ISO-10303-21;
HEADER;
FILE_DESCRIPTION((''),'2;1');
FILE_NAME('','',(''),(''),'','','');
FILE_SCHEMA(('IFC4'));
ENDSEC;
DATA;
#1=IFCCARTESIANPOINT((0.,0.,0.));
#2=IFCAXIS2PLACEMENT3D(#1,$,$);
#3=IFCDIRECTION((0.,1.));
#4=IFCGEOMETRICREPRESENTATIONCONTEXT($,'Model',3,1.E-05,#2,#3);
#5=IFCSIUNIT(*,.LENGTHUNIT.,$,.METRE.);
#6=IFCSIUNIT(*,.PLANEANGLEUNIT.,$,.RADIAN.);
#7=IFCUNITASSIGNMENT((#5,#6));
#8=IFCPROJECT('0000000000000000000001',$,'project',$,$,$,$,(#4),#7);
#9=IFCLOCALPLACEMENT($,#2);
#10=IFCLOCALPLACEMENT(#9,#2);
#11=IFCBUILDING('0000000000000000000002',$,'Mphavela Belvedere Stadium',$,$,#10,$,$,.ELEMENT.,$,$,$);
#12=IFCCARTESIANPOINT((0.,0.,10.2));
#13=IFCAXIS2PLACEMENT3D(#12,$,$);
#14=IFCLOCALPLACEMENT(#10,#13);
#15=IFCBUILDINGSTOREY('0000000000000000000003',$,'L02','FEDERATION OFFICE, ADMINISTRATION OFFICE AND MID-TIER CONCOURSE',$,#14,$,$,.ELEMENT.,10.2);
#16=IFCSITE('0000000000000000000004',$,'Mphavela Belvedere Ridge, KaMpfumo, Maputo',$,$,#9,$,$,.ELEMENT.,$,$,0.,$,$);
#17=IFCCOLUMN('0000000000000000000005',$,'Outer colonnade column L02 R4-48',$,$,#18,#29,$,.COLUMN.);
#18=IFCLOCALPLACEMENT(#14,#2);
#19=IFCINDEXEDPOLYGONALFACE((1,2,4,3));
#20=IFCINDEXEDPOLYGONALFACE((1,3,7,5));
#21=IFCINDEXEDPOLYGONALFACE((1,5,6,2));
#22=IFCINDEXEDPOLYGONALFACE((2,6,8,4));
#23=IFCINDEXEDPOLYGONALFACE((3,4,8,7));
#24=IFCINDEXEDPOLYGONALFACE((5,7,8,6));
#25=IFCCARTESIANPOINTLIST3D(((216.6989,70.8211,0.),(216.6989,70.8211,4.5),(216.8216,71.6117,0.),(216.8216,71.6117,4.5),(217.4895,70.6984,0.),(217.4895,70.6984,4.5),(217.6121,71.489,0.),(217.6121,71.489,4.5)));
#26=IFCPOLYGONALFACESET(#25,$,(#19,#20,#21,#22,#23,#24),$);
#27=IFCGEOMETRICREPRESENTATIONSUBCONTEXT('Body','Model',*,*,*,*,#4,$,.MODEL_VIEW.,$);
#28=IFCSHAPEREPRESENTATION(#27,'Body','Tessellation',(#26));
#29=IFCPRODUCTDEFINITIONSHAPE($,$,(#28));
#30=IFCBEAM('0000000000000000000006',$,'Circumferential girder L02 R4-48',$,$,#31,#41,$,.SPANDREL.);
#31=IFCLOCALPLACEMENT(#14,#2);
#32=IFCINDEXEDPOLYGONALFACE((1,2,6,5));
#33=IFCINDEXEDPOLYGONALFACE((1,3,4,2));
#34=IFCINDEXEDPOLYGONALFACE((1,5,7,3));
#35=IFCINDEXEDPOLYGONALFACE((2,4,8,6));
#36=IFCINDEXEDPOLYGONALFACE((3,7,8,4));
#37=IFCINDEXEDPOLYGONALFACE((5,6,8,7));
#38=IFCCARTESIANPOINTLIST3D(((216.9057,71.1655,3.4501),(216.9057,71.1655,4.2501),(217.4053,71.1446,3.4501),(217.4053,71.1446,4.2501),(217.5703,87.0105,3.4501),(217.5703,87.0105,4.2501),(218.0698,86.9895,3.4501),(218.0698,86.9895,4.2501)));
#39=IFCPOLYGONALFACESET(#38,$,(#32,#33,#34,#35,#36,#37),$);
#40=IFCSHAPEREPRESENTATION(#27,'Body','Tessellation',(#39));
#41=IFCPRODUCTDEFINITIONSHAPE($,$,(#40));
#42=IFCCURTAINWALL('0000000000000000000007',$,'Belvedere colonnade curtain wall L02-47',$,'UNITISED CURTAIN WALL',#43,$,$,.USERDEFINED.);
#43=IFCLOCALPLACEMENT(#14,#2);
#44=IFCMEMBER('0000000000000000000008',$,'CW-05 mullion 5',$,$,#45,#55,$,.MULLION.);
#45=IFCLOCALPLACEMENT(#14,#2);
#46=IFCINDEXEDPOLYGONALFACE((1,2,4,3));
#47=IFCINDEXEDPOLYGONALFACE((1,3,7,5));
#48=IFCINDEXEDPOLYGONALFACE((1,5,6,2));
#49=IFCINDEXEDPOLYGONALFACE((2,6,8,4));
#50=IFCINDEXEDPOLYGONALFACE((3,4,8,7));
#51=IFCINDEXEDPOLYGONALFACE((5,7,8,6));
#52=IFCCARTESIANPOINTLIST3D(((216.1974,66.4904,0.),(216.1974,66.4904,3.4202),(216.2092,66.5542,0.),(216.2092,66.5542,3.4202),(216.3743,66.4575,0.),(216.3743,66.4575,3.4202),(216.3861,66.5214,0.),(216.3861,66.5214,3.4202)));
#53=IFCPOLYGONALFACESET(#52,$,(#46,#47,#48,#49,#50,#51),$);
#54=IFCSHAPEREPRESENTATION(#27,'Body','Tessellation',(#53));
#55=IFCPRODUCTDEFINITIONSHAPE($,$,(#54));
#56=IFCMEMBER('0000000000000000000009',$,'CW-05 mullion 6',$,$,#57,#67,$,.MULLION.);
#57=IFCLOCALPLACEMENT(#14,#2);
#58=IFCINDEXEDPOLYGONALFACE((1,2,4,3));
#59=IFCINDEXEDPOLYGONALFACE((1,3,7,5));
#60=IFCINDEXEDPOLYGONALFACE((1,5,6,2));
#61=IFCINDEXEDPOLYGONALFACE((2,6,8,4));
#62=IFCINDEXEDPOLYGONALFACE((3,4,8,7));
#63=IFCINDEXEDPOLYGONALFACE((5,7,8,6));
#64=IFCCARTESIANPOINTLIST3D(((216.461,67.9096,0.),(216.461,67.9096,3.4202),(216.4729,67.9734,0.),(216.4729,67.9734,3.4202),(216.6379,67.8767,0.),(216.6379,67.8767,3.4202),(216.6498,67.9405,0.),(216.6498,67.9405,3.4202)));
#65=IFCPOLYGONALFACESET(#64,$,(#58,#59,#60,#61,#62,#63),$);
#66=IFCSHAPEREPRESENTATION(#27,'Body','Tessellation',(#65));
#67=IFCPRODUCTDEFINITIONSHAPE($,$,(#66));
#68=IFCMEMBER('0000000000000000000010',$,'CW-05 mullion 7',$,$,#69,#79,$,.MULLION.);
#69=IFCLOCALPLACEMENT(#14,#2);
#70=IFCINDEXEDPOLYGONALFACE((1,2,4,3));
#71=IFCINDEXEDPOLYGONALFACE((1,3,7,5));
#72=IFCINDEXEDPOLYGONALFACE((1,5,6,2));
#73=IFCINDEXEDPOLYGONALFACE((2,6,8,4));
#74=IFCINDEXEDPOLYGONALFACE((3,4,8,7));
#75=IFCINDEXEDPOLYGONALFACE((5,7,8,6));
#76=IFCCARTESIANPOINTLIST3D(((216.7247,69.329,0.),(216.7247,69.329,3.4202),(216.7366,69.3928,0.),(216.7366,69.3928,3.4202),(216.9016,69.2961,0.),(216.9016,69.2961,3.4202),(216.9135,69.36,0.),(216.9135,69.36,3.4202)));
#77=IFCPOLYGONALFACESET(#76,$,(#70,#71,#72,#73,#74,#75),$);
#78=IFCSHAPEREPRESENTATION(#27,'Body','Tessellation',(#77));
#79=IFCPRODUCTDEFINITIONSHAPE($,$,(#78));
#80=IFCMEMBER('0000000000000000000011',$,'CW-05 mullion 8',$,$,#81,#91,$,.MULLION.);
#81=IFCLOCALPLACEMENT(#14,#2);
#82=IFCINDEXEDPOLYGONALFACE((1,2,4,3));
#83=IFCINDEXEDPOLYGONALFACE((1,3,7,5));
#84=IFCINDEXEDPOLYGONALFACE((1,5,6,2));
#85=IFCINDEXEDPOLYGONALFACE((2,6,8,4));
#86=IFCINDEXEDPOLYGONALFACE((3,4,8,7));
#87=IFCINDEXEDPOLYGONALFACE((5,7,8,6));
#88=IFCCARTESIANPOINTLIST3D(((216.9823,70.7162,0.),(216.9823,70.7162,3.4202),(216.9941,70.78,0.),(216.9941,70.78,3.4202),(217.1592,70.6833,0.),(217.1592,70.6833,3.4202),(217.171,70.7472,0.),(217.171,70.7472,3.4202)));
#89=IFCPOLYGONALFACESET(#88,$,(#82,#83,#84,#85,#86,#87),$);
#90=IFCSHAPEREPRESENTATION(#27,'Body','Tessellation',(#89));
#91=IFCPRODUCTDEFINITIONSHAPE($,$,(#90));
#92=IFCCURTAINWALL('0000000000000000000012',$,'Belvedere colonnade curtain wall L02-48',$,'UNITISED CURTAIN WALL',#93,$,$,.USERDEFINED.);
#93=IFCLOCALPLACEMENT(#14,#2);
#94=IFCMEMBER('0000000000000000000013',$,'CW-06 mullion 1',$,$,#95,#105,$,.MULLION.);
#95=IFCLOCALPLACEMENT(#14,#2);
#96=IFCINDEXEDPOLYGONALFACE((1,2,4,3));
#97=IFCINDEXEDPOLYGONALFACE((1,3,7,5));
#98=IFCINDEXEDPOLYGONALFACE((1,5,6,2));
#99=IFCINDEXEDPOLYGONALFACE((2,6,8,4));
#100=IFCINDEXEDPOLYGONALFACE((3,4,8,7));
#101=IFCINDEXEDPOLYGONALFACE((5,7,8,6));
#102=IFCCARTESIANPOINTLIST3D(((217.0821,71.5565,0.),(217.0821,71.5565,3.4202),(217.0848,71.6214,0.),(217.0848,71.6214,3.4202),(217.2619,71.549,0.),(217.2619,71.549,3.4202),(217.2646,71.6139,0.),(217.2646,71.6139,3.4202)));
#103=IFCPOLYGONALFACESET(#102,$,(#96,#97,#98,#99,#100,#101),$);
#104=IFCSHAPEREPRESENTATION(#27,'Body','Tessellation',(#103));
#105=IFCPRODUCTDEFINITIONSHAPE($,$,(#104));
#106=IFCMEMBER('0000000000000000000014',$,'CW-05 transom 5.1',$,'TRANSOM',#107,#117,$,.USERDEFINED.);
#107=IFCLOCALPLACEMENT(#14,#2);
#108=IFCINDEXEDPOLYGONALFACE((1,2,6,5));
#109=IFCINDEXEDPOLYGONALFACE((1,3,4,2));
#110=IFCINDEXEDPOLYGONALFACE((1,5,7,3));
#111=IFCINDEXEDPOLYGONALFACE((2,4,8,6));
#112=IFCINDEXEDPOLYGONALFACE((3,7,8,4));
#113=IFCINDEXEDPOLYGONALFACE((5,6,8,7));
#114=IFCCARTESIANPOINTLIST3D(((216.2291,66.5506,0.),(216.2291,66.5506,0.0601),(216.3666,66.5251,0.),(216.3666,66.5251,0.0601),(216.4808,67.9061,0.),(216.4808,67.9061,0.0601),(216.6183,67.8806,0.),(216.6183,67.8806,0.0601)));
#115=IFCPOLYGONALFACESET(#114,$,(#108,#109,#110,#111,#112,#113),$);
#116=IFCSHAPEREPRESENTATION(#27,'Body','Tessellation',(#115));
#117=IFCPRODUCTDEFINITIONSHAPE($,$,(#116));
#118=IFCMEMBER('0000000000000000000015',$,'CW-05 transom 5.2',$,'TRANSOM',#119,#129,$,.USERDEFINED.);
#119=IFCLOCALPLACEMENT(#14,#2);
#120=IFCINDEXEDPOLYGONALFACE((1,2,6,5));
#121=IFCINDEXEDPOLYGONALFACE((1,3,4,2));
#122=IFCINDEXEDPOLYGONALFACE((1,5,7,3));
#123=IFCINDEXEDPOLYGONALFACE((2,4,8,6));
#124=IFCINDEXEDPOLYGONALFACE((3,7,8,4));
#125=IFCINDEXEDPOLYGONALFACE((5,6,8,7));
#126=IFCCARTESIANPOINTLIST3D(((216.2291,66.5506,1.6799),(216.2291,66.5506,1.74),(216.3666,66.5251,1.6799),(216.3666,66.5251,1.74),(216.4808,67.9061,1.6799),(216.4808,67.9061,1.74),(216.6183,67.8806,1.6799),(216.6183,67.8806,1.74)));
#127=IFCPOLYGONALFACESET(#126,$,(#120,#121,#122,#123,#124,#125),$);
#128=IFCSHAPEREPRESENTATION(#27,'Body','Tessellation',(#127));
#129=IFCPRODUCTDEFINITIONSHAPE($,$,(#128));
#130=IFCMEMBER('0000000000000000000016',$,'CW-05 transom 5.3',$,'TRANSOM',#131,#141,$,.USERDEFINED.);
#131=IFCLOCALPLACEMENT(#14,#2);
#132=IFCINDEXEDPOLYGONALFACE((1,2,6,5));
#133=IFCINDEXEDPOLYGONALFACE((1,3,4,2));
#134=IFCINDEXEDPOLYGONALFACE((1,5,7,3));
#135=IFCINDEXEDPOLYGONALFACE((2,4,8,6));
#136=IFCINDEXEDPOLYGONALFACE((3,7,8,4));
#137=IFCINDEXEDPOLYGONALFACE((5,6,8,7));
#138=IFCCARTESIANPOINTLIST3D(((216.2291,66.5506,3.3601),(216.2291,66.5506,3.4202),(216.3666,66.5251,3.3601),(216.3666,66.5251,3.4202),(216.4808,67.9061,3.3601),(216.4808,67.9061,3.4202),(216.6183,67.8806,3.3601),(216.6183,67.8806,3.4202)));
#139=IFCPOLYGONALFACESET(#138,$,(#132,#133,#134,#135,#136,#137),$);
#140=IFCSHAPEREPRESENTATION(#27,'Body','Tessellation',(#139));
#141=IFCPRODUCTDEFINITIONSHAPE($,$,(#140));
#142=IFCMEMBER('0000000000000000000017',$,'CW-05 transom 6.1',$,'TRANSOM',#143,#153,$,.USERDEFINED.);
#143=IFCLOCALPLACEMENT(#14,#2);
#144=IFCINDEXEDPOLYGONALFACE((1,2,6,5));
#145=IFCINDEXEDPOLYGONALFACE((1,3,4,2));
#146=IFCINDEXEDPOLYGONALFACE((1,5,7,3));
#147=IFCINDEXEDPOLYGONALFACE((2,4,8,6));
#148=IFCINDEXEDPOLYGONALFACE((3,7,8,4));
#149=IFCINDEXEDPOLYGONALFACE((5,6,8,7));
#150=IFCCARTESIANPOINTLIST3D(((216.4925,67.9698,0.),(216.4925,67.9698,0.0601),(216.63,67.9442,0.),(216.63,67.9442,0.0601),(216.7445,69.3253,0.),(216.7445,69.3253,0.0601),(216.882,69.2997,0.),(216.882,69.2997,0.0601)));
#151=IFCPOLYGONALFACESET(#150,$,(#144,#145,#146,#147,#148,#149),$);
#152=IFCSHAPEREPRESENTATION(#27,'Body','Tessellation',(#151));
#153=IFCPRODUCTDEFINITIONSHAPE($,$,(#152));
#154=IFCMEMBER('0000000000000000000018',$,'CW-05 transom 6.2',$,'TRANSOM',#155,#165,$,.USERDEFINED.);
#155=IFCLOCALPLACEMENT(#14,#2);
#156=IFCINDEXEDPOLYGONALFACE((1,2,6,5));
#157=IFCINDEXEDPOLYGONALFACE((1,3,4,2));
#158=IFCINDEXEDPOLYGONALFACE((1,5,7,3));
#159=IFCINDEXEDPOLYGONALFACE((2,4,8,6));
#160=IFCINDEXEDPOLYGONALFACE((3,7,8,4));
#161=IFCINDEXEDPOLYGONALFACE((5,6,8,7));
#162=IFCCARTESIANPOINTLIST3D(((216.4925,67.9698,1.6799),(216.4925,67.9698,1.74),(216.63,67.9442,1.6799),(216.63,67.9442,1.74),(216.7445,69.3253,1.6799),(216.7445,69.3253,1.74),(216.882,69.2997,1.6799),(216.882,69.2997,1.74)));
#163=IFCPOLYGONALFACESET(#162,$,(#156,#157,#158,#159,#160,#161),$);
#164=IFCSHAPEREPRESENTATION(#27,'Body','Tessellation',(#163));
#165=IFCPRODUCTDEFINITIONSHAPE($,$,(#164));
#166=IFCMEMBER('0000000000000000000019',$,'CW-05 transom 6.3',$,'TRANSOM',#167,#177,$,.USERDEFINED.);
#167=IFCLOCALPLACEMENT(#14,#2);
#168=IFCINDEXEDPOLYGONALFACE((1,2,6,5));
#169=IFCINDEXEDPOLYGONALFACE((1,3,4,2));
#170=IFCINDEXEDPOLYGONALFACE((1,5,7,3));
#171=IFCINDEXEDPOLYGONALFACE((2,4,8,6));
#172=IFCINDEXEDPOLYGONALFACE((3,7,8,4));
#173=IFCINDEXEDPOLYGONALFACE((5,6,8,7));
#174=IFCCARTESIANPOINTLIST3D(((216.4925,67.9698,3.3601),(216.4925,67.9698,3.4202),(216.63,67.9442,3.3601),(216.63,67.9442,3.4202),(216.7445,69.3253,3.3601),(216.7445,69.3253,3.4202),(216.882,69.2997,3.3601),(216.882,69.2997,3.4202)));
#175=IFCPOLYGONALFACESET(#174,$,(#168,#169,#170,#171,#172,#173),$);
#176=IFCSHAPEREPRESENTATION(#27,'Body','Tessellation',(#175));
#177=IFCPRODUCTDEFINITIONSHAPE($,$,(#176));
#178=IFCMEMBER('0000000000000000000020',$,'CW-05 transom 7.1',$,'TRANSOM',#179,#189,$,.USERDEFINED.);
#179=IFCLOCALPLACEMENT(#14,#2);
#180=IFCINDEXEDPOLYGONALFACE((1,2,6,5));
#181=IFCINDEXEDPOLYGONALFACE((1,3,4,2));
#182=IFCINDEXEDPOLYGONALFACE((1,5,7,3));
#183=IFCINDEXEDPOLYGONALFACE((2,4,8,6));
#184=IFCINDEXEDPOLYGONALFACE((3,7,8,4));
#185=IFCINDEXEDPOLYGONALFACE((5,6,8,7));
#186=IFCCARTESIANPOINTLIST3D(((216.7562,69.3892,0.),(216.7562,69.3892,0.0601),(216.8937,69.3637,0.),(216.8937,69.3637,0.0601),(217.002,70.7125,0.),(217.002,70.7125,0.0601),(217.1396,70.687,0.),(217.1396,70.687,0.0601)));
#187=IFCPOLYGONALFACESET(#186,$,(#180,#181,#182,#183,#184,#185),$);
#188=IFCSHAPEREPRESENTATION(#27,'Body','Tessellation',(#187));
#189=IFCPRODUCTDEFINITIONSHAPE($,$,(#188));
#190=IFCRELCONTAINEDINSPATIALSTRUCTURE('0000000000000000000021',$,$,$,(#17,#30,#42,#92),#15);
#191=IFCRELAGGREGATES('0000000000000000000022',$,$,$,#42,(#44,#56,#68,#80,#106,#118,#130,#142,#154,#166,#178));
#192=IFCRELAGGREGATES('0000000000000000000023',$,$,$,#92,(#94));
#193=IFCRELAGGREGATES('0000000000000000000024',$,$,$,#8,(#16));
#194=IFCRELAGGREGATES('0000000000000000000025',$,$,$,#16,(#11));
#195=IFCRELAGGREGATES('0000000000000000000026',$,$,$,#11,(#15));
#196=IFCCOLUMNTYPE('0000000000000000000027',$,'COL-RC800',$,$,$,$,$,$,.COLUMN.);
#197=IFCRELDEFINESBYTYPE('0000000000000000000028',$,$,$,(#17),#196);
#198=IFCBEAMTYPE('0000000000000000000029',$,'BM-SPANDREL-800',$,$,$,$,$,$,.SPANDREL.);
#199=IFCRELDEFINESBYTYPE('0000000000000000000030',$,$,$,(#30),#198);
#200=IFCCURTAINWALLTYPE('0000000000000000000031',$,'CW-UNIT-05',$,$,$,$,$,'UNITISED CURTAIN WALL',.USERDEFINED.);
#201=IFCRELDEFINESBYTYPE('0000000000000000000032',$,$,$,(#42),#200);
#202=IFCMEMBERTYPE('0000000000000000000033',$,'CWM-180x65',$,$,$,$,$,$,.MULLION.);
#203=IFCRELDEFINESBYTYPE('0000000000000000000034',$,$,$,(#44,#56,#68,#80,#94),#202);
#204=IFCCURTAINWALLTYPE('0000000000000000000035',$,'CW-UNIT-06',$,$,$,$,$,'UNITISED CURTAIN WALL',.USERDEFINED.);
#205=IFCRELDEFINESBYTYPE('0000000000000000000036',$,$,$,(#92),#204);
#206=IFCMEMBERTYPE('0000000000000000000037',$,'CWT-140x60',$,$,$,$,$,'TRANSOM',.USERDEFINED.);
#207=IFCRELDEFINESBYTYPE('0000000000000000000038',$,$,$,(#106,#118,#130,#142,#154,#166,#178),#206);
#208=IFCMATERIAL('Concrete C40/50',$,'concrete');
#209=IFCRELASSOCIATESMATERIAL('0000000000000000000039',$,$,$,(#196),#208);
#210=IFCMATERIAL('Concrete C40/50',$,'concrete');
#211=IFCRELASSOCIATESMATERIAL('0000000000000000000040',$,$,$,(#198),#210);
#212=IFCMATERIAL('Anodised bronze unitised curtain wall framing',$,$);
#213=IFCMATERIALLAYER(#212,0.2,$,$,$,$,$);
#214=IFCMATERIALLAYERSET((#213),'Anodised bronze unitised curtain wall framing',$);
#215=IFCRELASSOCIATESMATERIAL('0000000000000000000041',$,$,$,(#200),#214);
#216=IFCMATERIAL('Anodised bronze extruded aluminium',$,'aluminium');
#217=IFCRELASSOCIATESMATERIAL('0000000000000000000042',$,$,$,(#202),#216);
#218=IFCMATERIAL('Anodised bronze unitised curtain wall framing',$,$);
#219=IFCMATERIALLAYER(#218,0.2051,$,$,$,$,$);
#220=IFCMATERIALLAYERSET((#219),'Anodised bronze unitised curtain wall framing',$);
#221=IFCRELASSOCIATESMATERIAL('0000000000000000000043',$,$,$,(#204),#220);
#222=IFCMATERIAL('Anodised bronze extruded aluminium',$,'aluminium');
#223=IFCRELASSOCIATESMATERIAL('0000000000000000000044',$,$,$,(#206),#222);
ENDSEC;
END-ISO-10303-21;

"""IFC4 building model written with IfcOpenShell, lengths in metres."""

from ifc_helpers import new_model, si_unit, direction, frame, origin, origin_2d, place, context, subcontext, project, spatial, rectangle, extrude, material, layer, layer_set, material_profile, profile_set, type_object, element, aggregate, save


model = new_model("IFC4")

# Units and contexts
model_context = context("Model", 3, precision=1e-05, world=origin(), true_north=direction((0.0, 1.0)))
body_context = subcontext(model_context, "Body", "Model", "MODEL_VIEW")
ifc_project = project(units=[si_unit("LENGTHUNIT", "METRE"), si_unit("PLANEANGLEUNIT", "RADIAN")], contexts=[model_context])

# Site, building, storey
site_placement = place(None, origin())
site = spatial("IfcSite", under=ifc_project, at=site_placement, Name="Mphavela Belvedere Ridge, KaMpfumo, Maputo", CompositionType="ELEMENT", RefElevation=0.0)
building_placement = place(site_placement, origin())
building = spatial("IfcBuilding", under=site, at=building_placement, Name="Mphavela Belvedere Stadium", CompositionType="ELEMENT")
storey_placement = place(building_placement, frame((0.0, 0.0, 10.2)))
storey = spatial("IfcBuildingStorey", under=building, at=storey_placement, Name="L02", Description="FEDERATION OFFICE, ADMINISTRATION OFFICE AND MID-TIER CONCOURSE", CompositionType="ELEMENT", Elevation=10.2)

# Column
ifc_material_1 = material(Name="Concrete C40/50", Category="concrete")
ifc_material_profile_1 = material_profile(ifc_material_1, rectangle(XDim=0.8, YDim=0.8, at=origin_2d()), Name="RC 800x800")
ifc_profile_set_1 = profile_set([ifc_material_profile_1], Name="Concrete C40/50")
column_type = type_object("IfcColumnType", Name="COL-RC800", PredefinedType="COLUMN", material=ifc_profile_set_1)
column_placement = place(storey_placement, frame((217.1555, 71.155, 0.0), z_axis=(0.0, 0.0, 1.0), x_axis=(0.988175, -0.153331, 0.0)))
element("IfcColumn", 1, at=column_placement, inside=storey, type_object=column_type, Name="Outer colonnade column L02 R4-48", PredefinedType="COLUMN", context=body_context, shape_type="SweptSolid", body=[
    extrude(rectangle(XDim=0.8, YDim=0.8, at=origin_2d()), origin(), (0.0, 0.0, 1.0), 4.5),
])

# Beam
ifc_material_2 = material(Name="Concrete C40/50", Category="concrete")
ifc_material_profile_2 = material_profile(ifc_material_2, rectangle(XDim=0.5, YDim=0.8, at=origin_2d()), Name="RC 500x800")
ifc_profile_set_2 = profile_set([ifc_material_profile_2], Name="Concrete C40/50")
beam_type = type_object("IfcBeamType", Name="BM-SPANDREL-800", PredefinedType="SPANDREL", material=ifc_profile_set_2)
beam_placement = place(storey_placement, frame((217.1555, 71.155, 3.8501), z_axis=(0.041904, 0.999122, 0.0), x_axis=(-0.999122, 0.041904, 0.0)))
element("IfcBeam", 2, at=beam_placement, inside=storey, type_object=beam_type, Name="Circumferential girder L02 R4-48", PredefinedType="SPANDREL", context=body_context, shape_type="SweptSolid", body=[
    extrude(rectangle(XDim=0.5, YDim=0.8, at=origin_2d()), origin(), (0.0, 0.0, 1.0), 15.8589),
])

# Curtain wall, members
ifc_material_3 = material(Name="Anodised bronze unitised curtain wall framing")
ifc_layer_1 = layer(ifc_material_3, 0.2)
ifc_layer_set_1 = layer_set([ifc_layer_1], Name="Anodised bronze unitised curtain wall framing")
curtain_wall_type_1 = type_object("IfcCurtainWallType", Name="CW-UNIT-05", ElementType="UNITISED CURTAIN WALL", PredefinedType="USERDEFINED", material=ifc_layer_set_1)
curtain_wall_1_placement = place(storey_placement, origin())
curtain_wall_1 = element("IfcCurtainWall", 3, at=curtain_wall_1_placement, inside=storey, type_object=curtain_wall_type_1, Name="Belvedere colonnade curtain wall L02-47", ObjectType="UNITISED CURTAIN WALL", PredefinedType="USERDEFINED")
ifc_material_4 = material(Name="Anodised bronze extruded aluminium", Category="aluminium")
ifc_material_profile_3 = material_profile(ifc_material_4, rectangle(XDim=0.1799, YDim=0.0649, at=origin_2d()), Name="CW-MUL 180x65")
ifc_profile_set_3 = profile_set([ifc_material_profile_3], Name="Anodised bronze extruded aluminium")
member_type_1 = type_object("IfcMemberType", Name="CWM-180x65", PredefinedType="MULLION", material=ifc_profile_set_3)
member_1_placement = place(storey_placement, frame((216.2917, 66.5059, 0.0), z_axis=(0.0, 0.0, 1.0), x_axis=(-0.983183, 0.182625, 0.0)))
member_1 = element("IfcMember", 4, at=member_1_placement, type_object=member_type_1, Name="CW-05 mullion 5", PredefinedType="MULLION", context=body_context, shape_type="SweptSolid", body=[
    extrude(rectangle(XDim=0.1799, YDim=0.0649, at=origin_2d()), origin(), (0.0, 0.0, 1.0), 3.4202),
])
member_2_placement = place(storey_placement, frame((216.5554, 67.925, 0.0), z_axis=(0.0, 0.0, 1.0), x_axis=(-0.983183, 0.182625, 0.0)))
member_2 = element("IfcMember", 5, at=member_2_placement, type_object=member_type_1, Name="CW-05 mullion 6", PredefinedType="MULLION", context=body_context, shape_type="SweptSolid", body=[
    extrude(rectangle(XDim=0.1799, YDim=0.0649, at=origin_2d()), origin(), (0.0, 0.0, 1.0), 3.4202),
])
member_3_placement = place(storey_placement, frame((216.8191, 69.3445, 0.0), z_axis=(0.0, 0.0, 1.0), x_axis=(-0.983183, 0.182625, 0.0)))
member_3 = element("IfcMember", 6, at=member_3_placement, type_object=member_type_1, Name="CW-05 mullion 7", PredefinedType="MULLION", context=body_context, shape_type="SweptSolid", body=[
    extrude(rectangle(XDim=0.1799, YDim=0.0649, at=origin_2d()), origin(), (0.0, 0.0, 1.0), 3.4202),
])
member_4_placement = place(storey_placement, frame((217.0767, 70.7317, 0.0), z_axis=(0.0, 0.0, 1.0), x_axis=(-0.983183, 0.182625, 0.0)))
member_4 = element("IfcMember", 7, at=member_4_placement, type_object=member_type_1, Name="CW-05 mullion 8", PredefinedType="MULLION", context=body_context, shape_type="SweptSolid", body=[
    extrude(rectangle(XDim=0.1799, YDim=0.0649, at=origin_2d()), origin(), (0.0, 0.0, 1.0), 3.4202),
])

# Curtain wall, member
ifc_material_5 = material(Name="Anodised bronze unitised curtain wall framing")
ifc_layer_2 = layer(ifc_material_5, 0.2051)
ifc_layer_set_2 = layer_set([ifc_layer_2], Name="Anodised bronze unitised curtain wall framing")
curtain_wall_type_2 = type_object("IfcCurtainWallType", Name="CW-UNIT-06", ElementType="UNITISED CURTAIN WALL", PredefinedType="USERDEFINED", material=ifc_layer_set_2)
curtain_wall_2_placement = place(storey_placement, origin())
curtain_wall_2 = element("IfcCurtainWall", 8, at=curtain_wall_2_placement, inside=storey, type_object=curtain_wall_type_2, Name="Belvedere colonnade curtain wall L02-48", ObjectType="UNITISED CURTAIN WALL", PredefinedType="USERDEFINED")
member_5_placement = place(storey_placement, frame((217.1733, 71.5852, 0.0), z_axis=(0.0, 0.0, 1.0), x_axis=(-0.999122, 0.041904, 0.0)))
member_5 = element("IfcMember", 9, at=member_5_placement, type_object=member_type_1, Name="CW-06 mullion 1", PredefinedType="MULLION", context=body_context, shape_type="SweptSolid", body=[
    extrude(rectangle(XDim=0.1799, YDim=0.0649, at=origin_2d()), origin(), (0.0, 0.0, 1.0), 3.4202),
])

# Members
ifc_material_6 = material(Name="Anodised bronze extruded aluminium", Category="aluminium")
ifc_material_profile_4 = material_profile(ifc_material_6, rectangle(XDim=0.1399, YDim=0.0601, at=origin_2d()), Name="CW-TRN 140x60")
ifc_profile_set_4 = profile_set([ifc_material_profile_4], Name="Anodised bronze extruded aluminium")
member_type_2 = type_object("IfcMemberType", Name="CWT-140x60", ElementType="TRANSOM", PredefinedType="USERDEFINED", material=ifc_profile_set_4)
member_6_placement = place(storey_placement, frame((216.2979, 66.5378, 0.03), z_axis=(0.182578, 0.983191, 0.0), x_axis=(-0.983191, 0.182578, 0.0)))
member_6 = element("IfcMember", 10, at=member_6_placement, type_object=member_type_2, Name="CW-05 transom 5.1", ObjectType="TRANSOM", PredefinedType="USERDEFINED", context=body_context, shape_type="SweptSolid", body=[
    extrude(rectangle(XDim=0.1399, YDim=0.0601, at=origin_2d()), origin(), (0.0, 0.0, 1.0), 1.3787),
])
member_7_placement = place(storey_placement, frame((216.2979, 66.5378, 1.71), z_axis=(0.182578, 0.983191, 0.0), x_axis=(-0.983191, 0.182578, 0.0)))
member_7 = element("IfcMember", 11, at=member_7_placement, type_object=member_type_2, Name="CW-05 transom 5.2", ObjectType="TRANSOM", PredefinedType="USERDEFINED", context=body_context, shape_type="SweptSolid", body=[
    extrude(rectangle(XDim=0.1399, YDim=0.0601, at=origin_2d()), origin(), (0.0, 0.0, 1.0), 1.3787),
])
member_8_placement = place(storey_placement, frame((216.2979, 66.5378, 3.3901), z_axis=(0.182578, 0.983191, 0.0), x_axis=(-0.983191, 0.182578, 0.0)))
member_8 = element("IfcMember", 12, at=member_8_placement, type_object=member_type_2, Name="CW-05 transom 5.3", ObjectType="TRANSOM", PredefinedType="USERDEFINED", context=body_context, shape_type="SweptSolid", body=[
    extrude(rectangle(XDim=0.1399, YDim=0.0601, at=origin_2d()), origin(), (0.0, 0.0, 1.0), 1.3787),
])
member_9_placement = place(storey_placement, frame((216.5613, 67.957, 0.03), z_axis=(0.182749, 0.98316, 0.0), x_axis=(-0.98316, 0.182749, 0.0)))
member_9 = element("IfcMember", 13, at=member_9_placement, type_object=member_type_2, Name="CW-05 transom 6.1", ObjectType="TRANSOM", PredefinedType="USERDEFINED", context=body_context, shape_type="SweptSolid", body=[
    extrude(rectangle(XDim=0.1399, YDim=0.0601, at=origin_2d()), origin(), (0.0, 0.0, 1.0), 1.3787),
])
member_10_placement = place(storey_placement, frame((216.5613, 67.957, 1.71), z_axis=(0.182749, 0.98316, 0.0), x_axis=(-0.98316, 0.182749, 0.0)))
member_10 = element("IfcMember", 14, at=member_10_placement, type_object=member_type_2, Name="CW-05 transom 6.2", ObjectType="TRANSOM", PredefinedType="USERDEFINED", context=body_context, shape_type="SweptSolid", body=[
    extrude(rectangle(XDim=0.1399, YDim=0.0601, at=origin_2d()), origin(), (0.0, 0.0, 1.0), 1.3787),
])
member_11_placement = place(storey_placement, frame((216.5613, 67.957, 3.3901), z_axis=(0.182749, 0.98316, 0.0), x_axis=(-0.98316, 0.182749, 0.0)))
member_11 = element("IfcMember", 15, at=member_11_placement, type_object=member_type_2, Name="CW-05 transom 6.3", ObjectType="TRANSOM", PredefinedType="USERDEFINED", context=body_context, shape_type="SweptSolid", body=[
    extrude(rectangle(XDim=0.1399, YDim=0.0601, at=origin_2d()), origin(), (0.0, 0.0, 1.0), 1.3787),
])
member_12_placement = place(storey_placement, frame((216.825, 69.3765, 0.03), z_axis=(0.182667, 0.983175, 0.0), x_axis=(-0.983175, 0.182667, 0.0)))
member_12 = element("IfcMember", 16, at=member_12_placement, type_object=member_type_2, Name="CW-05 transom 7.1", ObjectType="TRANSOM", PredefinedType="USERDEFINED", context=body_context, shape_type="SweptSolid", body=[
    extrude(rectangle(XDim=0.1399, YDim=0.0601, at=origin_2d()), origin(), (0.0, 0.0, 1.0), 1.3459),
])

aggregate(curtain_wall_1, [member_1, member_2, member_3, member_4, member_6, member_7, member_8, member_9, member_10, member_11, member_12])
aggregate(curtain_wall_2, [member_5])

save(model, "model.ifc")
